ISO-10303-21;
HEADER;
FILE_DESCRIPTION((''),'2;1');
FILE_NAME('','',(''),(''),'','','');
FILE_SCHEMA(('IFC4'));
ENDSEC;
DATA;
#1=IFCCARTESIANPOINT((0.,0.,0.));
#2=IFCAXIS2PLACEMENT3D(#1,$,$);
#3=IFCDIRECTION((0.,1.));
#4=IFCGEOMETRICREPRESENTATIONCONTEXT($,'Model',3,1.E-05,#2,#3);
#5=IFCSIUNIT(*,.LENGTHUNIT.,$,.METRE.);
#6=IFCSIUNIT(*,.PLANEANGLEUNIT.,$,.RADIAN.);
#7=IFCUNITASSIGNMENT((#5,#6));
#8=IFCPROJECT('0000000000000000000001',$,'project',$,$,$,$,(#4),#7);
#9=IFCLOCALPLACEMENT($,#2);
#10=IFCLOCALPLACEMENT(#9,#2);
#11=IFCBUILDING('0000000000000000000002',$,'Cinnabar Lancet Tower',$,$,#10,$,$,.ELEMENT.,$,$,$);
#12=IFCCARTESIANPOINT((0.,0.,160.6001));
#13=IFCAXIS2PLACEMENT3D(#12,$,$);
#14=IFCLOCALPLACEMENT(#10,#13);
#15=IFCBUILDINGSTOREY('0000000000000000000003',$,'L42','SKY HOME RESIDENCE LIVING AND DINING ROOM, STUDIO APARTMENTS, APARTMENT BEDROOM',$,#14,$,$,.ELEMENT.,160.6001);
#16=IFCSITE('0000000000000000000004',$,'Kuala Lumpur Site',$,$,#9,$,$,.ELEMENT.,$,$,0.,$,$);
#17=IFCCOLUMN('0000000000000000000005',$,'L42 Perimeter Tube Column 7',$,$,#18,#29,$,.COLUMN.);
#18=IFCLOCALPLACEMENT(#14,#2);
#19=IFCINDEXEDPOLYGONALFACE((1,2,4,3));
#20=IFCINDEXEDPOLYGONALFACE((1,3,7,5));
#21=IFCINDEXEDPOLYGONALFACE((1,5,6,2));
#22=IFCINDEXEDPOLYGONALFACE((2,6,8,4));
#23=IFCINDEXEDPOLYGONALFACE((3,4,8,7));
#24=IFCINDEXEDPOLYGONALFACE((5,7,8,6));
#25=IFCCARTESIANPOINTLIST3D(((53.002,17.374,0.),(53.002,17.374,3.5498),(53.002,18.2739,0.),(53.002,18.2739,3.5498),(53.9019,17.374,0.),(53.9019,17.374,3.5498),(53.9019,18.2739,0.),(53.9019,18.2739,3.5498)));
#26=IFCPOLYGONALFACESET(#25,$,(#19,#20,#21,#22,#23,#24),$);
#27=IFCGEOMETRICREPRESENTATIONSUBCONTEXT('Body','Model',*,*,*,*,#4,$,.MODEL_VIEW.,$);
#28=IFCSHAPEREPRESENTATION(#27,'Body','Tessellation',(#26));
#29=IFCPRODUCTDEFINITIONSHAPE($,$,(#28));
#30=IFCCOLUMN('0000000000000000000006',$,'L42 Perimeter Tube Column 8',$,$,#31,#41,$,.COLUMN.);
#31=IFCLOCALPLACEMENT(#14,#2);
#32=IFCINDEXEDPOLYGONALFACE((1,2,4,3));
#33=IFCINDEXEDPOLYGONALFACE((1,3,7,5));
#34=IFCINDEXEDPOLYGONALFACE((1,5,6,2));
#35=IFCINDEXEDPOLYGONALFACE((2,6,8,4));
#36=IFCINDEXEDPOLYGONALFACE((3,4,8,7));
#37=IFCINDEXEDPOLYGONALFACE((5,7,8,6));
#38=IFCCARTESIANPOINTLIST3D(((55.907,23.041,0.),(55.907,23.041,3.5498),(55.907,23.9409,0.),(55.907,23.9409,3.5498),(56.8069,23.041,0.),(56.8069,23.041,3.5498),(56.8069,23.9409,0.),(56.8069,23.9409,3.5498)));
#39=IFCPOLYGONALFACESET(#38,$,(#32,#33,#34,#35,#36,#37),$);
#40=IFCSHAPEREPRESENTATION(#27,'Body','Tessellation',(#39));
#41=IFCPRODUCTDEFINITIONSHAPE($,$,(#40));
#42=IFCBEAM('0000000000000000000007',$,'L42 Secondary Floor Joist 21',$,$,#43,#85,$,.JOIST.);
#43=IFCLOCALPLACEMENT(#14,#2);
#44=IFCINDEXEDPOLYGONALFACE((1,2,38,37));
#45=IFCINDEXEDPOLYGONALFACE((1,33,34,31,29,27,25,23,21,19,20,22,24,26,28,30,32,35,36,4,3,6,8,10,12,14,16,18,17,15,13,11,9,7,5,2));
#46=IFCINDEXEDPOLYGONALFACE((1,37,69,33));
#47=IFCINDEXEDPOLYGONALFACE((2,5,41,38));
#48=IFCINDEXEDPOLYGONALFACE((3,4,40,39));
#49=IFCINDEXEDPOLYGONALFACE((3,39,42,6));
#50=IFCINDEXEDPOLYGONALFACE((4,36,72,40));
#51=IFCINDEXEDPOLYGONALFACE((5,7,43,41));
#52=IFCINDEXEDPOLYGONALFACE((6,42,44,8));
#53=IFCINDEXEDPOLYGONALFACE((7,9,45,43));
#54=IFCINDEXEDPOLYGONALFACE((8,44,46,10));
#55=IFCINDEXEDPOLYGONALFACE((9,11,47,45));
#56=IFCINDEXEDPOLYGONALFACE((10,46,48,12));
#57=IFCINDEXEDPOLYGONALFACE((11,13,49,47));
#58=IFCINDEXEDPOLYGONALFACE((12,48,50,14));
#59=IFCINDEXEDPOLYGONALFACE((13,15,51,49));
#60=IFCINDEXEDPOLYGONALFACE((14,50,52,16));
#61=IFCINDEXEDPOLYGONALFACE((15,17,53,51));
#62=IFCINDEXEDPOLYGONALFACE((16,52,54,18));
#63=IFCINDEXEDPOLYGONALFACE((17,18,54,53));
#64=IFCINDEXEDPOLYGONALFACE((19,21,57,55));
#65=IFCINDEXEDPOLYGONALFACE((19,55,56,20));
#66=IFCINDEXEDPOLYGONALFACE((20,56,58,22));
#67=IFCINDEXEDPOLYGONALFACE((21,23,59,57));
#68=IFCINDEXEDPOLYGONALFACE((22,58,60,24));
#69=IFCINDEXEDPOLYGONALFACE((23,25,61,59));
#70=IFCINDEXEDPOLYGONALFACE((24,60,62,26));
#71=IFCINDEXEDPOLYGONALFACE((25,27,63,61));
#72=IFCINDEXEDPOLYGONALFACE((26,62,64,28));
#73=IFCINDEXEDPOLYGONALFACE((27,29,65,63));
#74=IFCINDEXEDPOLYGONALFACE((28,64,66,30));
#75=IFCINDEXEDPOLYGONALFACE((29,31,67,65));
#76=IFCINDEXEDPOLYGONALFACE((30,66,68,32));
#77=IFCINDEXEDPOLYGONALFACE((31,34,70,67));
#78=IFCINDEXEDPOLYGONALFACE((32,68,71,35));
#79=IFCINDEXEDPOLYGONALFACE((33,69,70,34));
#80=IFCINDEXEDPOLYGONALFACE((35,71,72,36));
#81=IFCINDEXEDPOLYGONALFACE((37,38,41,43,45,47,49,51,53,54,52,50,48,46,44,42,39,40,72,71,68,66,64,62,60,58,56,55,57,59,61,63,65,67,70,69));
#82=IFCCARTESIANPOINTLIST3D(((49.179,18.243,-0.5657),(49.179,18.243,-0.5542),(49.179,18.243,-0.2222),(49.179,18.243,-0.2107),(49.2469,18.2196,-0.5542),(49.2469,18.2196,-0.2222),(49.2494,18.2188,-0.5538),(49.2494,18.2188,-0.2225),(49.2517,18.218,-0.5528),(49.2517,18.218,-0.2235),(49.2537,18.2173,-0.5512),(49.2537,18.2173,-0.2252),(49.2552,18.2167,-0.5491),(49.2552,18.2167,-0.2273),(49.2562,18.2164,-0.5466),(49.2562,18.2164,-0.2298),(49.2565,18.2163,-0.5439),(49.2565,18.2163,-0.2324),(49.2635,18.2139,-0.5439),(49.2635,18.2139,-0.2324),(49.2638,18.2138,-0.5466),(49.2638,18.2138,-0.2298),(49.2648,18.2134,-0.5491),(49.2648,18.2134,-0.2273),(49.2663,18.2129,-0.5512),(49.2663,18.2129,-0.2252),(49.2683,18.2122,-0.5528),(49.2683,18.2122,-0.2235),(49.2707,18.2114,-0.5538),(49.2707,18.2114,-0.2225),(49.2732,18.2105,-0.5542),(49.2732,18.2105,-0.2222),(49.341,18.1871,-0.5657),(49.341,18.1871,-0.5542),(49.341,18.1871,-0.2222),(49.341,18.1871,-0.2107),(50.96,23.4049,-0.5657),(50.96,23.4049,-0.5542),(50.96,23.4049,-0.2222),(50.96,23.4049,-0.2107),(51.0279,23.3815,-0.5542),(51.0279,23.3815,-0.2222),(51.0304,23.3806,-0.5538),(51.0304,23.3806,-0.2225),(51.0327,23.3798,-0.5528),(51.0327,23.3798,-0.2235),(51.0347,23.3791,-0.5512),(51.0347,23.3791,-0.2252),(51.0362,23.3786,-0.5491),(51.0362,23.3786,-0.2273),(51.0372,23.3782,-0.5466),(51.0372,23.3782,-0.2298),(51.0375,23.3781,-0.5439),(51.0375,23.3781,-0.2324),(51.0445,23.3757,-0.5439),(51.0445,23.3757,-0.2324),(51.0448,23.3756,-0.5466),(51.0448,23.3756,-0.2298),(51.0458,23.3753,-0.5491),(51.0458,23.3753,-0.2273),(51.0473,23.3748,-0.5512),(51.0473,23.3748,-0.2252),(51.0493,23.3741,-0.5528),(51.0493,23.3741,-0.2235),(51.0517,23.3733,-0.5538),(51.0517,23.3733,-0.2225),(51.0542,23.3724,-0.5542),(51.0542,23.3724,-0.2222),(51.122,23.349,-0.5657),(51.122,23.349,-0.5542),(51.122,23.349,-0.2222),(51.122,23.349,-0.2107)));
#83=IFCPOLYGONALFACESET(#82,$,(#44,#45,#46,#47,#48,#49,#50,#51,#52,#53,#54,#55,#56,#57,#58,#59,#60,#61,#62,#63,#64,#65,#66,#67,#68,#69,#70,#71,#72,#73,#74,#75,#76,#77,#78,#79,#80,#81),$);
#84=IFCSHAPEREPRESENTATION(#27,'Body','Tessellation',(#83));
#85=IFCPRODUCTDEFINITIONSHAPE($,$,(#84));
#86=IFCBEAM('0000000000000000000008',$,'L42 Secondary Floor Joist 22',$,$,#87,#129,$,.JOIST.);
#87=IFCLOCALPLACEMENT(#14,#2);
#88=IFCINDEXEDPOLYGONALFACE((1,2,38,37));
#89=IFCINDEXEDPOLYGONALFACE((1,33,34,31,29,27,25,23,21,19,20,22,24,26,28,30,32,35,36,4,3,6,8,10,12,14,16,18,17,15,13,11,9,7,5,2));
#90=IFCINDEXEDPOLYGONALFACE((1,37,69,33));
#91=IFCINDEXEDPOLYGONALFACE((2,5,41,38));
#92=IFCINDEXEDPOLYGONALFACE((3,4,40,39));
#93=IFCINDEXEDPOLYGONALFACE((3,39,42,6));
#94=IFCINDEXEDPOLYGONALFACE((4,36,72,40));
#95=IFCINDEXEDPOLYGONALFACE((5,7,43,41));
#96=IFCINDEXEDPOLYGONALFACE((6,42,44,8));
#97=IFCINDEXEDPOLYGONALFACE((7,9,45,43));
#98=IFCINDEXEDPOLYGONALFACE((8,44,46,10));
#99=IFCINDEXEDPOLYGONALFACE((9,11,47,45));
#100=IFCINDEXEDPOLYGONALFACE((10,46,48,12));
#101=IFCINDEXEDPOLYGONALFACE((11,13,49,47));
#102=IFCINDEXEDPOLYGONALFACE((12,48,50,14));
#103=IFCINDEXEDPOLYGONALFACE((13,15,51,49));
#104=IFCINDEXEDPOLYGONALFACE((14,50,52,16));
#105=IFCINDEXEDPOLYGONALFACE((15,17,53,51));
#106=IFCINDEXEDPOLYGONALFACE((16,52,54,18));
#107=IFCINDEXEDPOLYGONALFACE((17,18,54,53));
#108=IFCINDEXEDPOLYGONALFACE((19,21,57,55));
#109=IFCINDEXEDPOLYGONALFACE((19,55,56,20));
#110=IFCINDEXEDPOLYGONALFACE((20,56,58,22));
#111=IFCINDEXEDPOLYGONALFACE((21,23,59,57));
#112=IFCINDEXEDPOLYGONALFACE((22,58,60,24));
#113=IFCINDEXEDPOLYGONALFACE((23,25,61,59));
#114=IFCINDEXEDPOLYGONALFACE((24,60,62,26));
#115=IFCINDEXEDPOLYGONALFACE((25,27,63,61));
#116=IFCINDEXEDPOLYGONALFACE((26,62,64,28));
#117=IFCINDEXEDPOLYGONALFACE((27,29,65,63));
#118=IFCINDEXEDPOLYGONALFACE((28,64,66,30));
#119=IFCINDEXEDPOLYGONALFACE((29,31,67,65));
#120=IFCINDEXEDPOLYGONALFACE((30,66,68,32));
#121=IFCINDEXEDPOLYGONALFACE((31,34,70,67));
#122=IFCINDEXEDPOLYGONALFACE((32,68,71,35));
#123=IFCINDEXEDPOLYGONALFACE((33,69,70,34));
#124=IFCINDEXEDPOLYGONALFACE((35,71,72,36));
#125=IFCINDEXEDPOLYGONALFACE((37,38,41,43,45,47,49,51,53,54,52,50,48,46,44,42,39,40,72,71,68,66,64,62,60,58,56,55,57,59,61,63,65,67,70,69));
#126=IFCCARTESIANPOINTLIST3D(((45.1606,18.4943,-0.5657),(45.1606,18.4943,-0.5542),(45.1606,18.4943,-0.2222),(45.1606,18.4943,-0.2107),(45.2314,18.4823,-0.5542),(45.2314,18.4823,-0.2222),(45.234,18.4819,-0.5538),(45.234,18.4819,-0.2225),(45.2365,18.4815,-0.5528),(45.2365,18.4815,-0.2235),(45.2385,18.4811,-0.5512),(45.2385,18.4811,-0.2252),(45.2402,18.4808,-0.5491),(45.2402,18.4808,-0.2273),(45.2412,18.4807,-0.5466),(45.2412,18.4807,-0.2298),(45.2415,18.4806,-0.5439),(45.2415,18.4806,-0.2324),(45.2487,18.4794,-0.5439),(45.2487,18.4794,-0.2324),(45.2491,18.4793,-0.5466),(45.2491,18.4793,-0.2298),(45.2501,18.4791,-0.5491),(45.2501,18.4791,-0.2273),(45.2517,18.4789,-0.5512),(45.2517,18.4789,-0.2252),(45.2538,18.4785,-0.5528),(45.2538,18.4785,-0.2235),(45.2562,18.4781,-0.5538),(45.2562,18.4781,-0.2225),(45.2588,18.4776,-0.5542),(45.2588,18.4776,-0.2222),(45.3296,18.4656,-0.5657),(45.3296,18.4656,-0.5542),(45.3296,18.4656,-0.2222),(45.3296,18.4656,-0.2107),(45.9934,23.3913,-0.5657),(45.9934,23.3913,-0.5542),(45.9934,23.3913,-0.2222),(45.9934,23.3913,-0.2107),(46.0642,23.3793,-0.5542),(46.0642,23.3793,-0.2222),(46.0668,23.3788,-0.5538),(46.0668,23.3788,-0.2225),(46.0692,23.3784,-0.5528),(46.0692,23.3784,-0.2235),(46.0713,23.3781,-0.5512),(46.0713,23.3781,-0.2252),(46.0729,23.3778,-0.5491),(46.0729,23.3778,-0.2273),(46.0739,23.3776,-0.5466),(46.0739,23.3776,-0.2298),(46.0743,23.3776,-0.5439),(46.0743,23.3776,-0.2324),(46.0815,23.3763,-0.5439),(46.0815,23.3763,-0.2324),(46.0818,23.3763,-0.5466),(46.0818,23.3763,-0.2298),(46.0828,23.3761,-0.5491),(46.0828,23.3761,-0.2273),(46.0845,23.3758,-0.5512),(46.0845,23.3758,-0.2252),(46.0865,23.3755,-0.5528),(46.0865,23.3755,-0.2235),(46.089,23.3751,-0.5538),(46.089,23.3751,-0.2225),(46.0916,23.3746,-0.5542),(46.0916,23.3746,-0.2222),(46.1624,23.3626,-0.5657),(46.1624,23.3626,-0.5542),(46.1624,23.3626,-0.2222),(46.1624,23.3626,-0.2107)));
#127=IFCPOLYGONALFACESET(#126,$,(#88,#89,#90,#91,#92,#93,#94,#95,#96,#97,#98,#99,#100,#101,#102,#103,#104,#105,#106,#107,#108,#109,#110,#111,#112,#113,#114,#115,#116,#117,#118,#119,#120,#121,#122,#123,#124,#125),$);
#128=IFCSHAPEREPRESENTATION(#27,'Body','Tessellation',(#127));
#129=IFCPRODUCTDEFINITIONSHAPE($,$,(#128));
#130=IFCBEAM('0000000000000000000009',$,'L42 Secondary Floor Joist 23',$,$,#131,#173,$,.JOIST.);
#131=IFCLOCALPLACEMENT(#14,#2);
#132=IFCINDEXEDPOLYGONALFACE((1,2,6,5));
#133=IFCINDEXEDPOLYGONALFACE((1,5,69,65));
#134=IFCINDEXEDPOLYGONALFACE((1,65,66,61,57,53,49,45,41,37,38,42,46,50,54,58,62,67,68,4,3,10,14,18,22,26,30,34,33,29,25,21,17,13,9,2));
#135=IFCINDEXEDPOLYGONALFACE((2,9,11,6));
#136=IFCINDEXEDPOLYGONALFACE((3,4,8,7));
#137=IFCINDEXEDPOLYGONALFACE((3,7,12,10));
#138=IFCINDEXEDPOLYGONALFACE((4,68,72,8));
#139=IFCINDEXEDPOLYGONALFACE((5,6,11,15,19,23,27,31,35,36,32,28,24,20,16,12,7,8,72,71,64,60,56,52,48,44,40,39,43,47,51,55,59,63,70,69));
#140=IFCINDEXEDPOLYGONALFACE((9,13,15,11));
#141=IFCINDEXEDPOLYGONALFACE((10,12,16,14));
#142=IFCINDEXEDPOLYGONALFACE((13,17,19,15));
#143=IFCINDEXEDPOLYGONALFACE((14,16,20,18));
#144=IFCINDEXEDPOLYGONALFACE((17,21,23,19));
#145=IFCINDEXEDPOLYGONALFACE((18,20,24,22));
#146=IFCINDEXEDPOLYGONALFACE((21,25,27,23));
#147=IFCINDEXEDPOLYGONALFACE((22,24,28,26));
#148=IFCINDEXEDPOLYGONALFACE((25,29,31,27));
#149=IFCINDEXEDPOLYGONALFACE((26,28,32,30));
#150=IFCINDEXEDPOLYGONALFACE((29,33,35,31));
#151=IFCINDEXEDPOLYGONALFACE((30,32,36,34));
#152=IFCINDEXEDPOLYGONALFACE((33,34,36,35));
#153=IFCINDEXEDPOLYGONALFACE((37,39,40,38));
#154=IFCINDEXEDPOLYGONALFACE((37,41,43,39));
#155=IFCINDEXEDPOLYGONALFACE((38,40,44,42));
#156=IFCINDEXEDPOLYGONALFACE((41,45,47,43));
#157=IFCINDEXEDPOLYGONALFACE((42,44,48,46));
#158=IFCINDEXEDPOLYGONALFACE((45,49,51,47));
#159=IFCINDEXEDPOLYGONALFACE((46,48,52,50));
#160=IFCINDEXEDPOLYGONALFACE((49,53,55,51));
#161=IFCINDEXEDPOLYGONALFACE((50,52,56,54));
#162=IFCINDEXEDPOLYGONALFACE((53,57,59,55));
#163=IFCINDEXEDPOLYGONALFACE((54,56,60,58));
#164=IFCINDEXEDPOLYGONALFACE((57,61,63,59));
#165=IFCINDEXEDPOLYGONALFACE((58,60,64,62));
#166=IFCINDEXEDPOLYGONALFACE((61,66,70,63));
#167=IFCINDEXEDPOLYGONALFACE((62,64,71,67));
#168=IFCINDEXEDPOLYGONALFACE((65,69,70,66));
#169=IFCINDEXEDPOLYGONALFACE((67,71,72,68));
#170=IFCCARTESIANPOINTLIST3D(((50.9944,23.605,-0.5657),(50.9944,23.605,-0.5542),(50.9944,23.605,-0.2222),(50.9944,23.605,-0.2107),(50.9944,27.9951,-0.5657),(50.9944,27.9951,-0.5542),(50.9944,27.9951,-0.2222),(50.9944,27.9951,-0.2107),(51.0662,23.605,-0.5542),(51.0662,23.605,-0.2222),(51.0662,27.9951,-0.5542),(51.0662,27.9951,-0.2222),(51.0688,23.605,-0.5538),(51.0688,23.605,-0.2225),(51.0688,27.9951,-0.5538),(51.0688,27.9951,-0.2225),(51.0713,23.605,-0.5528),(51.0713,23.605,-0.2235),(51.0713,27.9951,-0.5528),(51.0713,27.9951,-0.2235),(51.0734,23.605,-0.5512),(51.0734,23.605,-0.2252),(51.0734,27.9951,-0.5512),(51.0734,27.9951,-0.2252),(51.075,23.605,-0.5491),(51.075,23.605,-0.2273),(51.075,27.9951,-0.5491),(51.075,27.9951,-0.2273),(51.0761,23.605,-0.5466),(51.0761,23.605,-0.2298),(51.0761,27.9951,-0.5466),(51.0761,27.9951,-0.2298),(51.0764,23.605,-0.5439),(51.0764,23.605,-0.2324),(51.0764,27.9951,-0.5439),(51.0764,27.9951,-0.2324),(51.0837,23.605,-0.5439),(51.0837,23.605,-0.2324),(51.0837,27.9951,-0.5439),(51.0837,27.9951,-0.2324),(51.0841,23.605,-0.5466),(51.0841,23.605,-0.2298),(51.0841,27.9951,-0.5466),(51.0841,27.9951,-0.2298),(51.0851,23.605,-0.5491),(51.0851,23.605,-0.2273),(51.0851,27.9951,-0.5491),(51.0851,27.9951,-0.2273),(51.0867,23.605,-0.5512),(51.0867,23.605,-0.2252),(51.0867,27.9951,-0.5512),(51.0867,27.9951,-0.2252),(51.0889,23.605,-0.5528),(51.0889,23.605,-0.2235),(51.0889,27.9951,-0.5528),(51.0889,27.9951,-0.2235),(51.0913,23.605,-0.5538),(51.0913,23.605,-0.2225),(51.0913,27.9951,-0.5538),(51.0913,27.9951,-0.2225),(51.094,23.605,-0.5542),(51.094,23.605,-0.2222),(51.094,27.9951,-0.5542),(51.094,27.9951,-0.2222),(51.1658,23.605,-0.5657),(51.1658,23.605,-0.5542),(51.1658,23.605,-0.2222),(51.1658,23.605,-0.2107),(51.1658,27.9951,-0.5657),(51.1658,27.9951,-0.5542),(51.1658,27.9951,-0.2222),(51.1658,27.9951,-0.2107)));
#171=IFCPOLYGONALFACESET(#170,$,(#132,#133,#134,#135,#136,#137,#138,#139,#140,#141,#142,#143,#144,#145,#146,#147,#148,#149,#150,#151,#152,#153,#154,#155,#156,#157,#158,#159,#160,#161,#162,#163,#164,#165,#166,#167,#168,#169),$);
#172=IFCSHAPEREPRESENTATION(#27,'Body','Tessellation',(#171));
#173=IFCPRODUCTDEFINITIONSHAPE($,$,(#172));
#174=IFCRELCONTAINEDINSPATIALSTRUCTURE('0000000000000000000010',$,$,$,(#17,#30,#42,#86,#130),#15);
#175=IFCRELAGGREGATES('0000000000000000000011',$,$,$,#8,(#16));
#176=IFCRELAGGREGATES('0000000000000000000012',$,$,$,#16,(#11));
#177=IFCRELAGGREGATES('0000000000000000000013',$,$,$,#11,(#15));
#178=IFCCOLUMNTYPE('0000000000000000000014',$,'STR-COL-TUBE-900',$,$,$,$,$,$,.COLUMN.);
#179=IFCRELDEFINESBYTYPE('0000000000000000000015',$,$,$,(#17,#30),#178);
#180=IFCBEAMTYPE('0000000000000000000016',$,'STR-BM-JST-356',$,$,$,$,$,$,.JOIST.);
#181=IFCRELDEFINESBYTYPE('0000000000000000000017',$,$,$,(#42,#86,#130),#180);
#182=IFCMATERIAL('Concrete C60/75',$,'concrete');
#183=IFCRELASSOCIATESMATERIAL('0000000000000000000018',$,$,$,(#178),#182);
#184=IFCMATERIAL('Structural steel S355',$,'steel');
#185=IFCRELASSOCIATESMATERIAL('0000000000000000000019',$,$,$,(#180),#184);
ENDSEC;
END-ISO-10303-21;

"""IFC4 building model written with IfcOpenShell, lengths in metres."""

from ifc_helpers import new_model, si_unit, direction, frame, origin, origin_2d, place, context, subcontext, project, spatial, rectangle, i_section, extrude, material, material_profile, profile_set, type_object, element, save


model = new_model("IFC4")

# Units and contexts
model_context = context("Model", 3, precision=1e-05, world=origin(), true_north=direction((0.0, 1.0)))
body_context = subcontext(model_context, "Body", "Model", "MODEL_VIEW")
ifc_project = project(units=[si_unit("LENGTHUNIT", "METRE"), si_unit("PLANEANGLEUNIT", "RADIAN")], contexts=[model_context])

# Site, building, storey
site_placement = place(None, origin())
site = spatial("IfcSite", under=ifc_project, at=site_placement, Name="Kuala Lumpur Site", CompositionType="ELEMENT", RefElevation=0.0)
building_placement = place(site_placement, origin())
building = spatial("IfcBuilding", under=site, at=building_placement, Name="Cinnabar Lancet Tower", CompositionType="ELEMENT")
storey_placement = place(building_placement, frame((0.0, 0.0, 160.6001)))
storey = spatial("IfcBuildingStorey", under=building, at=storey_placement, Name="L42", Description="SKY HOME RESIDENCE LIVING AND DINING ROOM, STUDIO APARTMENTS, APARTMENT BEDROOM", CompositionType="ELEMENT", Elevation=160.6001)

# Columns
ifc_material_1 = material(Name="Concrete C60/75", Category="concrete")
ifc_material_profile_1 = material_profile(ifc_material_1, rectangle(XDim=0.8999, YDim=0.8999, at=origin_2d()), Name="RC-COL 900x900")
ifc_profile_set_1 = profile_set([ifc_material_profile_1], Name="Concrete C60/75")
column_type = type_object("IfcColumnType", Name="STR-COL-TUBE-900", PredefinedType="COLUMN", material=ifc_profile_set_1)
for number, where, z_axis, x_axis, name in (
    (1, (53.4519, 17.824, 0.0), (0.0, 0.0, 1.0), (1.0, 0.0, 0.0), "L42 Perimeter Tube Column 7"),
    (2, (56.3569, 23.491, 0.0), (0.0, 0.0, 1.0), (1.0, 0.0, 0.0), "L42 Perimeter Tube Column 8"),
):
    element("IfcColumn", number, at=place(storey_placement, frame(where, z_axis=z_axis, x_axis=x_axis)), inside=storey, type_object=column_type, Name=name, PredefinedType="COLUMN", context=body_context, shape_type="SweptSolid", body=[
        extrude(rectangle(XDim=0.8999, YDim=0.8999, at=origin_2d()), origin(), (0.0, 0.0, 1.0), 3.5498),
    ])

# Beams
ifc_material_2 = material(Name="Structural steel S355", Category="steel")
ifc_material_profile_2 = material_profile(ifc_material_2, i_section(OverallWidth=0.1714, OverallDepth=0.355, WebThickness=0.0073, FlangeThickness=0.0115, FilletRadius=0.0103, at=origin_2d()), Name="UKB 356x171x51")
ifc_profile_set_2 = profile_set([ifc_material_profile_2], Name="Structural steel S355")
beam_type_1 = type_object("IfcBeamType", Name="STR-BM-JST-356", PredefinedType="JOIST", material=ifc_profile_set_2)
beam_1_placement = place(storey_placement, frame((49.26, 18.2151, -0.3882), z_axis=(0.326163, 0.945314, 0.0), x_axis=(-0.945314, 0.326163, 0.0)))
element("IfcBeam", 3, at=beam_1_placement, inside=storey, type_object=beam_type_1, Name="L42 Secondary Floor Joist 21", PredefinedType="JOIST", context=body_context, shape_type="SweptSolid", body=[
    extrude(i_section(OverallWidth=0.1714, OverallDepth=0.355, WebThickness=0.0073, FlangeThickness=0.0115, FilletRadius=0.0103, at=origin_2d()), origin(), (0.0, 0.0, 1.0), 5.4604),
])
beam_2_placement = place(storey_placement, frame((45.2451, 18.48, -0.3882), z_axis=(0.16765, 0.985847, 0.0), x_axis=(-0.985847, 0.16765, 0.0)))
element("IfcBeam", 4, at=beam_2_placement, inside=storey, type_object=beam_type_1, Name="L42 Secondary Floor Joist 22", PredefinedType="JOIST", context=body_context, shape_type="SweptSolid", body=[
    extrude(i_section(OverallWidth=0.1714, OverallDepth=0.355, WebThickness=0.0073, FlangeThickness=0.0115, FilletRadius=0.0103, at=origin_2d()), origin(), (0.0, 0.0, 1.0), 4.9673),
])
for number, where, z_axis, x_axis, name in (
    (5, (51.0801, 23.605, -0.3882), (0.0, 1.0, 0.0), (-1.0, 0.0, 0.0), "L42 Secondary Floor Joist 23"),
):
    element("IfcBeam", number, at=place(storey_placement, frame(where, z_axis=z_axis, x_axis=x_axis)), inside=storey, type_object=beam_type_1, Name=name, PredefinedType="JOIST", context=body_context, shape_type="SweptSolid", body=[
        extrude(i_section(OverallWidth=0.1714, OverallDepth=0.355, WebThickness=0.0073, FlangeThickness=0.0115, FilletRadius=0.0103, at=origin_2d()), origin(), (0.0, 0.0, 1.0), 4.3901),
    ])

save(model, "model.ifc")
